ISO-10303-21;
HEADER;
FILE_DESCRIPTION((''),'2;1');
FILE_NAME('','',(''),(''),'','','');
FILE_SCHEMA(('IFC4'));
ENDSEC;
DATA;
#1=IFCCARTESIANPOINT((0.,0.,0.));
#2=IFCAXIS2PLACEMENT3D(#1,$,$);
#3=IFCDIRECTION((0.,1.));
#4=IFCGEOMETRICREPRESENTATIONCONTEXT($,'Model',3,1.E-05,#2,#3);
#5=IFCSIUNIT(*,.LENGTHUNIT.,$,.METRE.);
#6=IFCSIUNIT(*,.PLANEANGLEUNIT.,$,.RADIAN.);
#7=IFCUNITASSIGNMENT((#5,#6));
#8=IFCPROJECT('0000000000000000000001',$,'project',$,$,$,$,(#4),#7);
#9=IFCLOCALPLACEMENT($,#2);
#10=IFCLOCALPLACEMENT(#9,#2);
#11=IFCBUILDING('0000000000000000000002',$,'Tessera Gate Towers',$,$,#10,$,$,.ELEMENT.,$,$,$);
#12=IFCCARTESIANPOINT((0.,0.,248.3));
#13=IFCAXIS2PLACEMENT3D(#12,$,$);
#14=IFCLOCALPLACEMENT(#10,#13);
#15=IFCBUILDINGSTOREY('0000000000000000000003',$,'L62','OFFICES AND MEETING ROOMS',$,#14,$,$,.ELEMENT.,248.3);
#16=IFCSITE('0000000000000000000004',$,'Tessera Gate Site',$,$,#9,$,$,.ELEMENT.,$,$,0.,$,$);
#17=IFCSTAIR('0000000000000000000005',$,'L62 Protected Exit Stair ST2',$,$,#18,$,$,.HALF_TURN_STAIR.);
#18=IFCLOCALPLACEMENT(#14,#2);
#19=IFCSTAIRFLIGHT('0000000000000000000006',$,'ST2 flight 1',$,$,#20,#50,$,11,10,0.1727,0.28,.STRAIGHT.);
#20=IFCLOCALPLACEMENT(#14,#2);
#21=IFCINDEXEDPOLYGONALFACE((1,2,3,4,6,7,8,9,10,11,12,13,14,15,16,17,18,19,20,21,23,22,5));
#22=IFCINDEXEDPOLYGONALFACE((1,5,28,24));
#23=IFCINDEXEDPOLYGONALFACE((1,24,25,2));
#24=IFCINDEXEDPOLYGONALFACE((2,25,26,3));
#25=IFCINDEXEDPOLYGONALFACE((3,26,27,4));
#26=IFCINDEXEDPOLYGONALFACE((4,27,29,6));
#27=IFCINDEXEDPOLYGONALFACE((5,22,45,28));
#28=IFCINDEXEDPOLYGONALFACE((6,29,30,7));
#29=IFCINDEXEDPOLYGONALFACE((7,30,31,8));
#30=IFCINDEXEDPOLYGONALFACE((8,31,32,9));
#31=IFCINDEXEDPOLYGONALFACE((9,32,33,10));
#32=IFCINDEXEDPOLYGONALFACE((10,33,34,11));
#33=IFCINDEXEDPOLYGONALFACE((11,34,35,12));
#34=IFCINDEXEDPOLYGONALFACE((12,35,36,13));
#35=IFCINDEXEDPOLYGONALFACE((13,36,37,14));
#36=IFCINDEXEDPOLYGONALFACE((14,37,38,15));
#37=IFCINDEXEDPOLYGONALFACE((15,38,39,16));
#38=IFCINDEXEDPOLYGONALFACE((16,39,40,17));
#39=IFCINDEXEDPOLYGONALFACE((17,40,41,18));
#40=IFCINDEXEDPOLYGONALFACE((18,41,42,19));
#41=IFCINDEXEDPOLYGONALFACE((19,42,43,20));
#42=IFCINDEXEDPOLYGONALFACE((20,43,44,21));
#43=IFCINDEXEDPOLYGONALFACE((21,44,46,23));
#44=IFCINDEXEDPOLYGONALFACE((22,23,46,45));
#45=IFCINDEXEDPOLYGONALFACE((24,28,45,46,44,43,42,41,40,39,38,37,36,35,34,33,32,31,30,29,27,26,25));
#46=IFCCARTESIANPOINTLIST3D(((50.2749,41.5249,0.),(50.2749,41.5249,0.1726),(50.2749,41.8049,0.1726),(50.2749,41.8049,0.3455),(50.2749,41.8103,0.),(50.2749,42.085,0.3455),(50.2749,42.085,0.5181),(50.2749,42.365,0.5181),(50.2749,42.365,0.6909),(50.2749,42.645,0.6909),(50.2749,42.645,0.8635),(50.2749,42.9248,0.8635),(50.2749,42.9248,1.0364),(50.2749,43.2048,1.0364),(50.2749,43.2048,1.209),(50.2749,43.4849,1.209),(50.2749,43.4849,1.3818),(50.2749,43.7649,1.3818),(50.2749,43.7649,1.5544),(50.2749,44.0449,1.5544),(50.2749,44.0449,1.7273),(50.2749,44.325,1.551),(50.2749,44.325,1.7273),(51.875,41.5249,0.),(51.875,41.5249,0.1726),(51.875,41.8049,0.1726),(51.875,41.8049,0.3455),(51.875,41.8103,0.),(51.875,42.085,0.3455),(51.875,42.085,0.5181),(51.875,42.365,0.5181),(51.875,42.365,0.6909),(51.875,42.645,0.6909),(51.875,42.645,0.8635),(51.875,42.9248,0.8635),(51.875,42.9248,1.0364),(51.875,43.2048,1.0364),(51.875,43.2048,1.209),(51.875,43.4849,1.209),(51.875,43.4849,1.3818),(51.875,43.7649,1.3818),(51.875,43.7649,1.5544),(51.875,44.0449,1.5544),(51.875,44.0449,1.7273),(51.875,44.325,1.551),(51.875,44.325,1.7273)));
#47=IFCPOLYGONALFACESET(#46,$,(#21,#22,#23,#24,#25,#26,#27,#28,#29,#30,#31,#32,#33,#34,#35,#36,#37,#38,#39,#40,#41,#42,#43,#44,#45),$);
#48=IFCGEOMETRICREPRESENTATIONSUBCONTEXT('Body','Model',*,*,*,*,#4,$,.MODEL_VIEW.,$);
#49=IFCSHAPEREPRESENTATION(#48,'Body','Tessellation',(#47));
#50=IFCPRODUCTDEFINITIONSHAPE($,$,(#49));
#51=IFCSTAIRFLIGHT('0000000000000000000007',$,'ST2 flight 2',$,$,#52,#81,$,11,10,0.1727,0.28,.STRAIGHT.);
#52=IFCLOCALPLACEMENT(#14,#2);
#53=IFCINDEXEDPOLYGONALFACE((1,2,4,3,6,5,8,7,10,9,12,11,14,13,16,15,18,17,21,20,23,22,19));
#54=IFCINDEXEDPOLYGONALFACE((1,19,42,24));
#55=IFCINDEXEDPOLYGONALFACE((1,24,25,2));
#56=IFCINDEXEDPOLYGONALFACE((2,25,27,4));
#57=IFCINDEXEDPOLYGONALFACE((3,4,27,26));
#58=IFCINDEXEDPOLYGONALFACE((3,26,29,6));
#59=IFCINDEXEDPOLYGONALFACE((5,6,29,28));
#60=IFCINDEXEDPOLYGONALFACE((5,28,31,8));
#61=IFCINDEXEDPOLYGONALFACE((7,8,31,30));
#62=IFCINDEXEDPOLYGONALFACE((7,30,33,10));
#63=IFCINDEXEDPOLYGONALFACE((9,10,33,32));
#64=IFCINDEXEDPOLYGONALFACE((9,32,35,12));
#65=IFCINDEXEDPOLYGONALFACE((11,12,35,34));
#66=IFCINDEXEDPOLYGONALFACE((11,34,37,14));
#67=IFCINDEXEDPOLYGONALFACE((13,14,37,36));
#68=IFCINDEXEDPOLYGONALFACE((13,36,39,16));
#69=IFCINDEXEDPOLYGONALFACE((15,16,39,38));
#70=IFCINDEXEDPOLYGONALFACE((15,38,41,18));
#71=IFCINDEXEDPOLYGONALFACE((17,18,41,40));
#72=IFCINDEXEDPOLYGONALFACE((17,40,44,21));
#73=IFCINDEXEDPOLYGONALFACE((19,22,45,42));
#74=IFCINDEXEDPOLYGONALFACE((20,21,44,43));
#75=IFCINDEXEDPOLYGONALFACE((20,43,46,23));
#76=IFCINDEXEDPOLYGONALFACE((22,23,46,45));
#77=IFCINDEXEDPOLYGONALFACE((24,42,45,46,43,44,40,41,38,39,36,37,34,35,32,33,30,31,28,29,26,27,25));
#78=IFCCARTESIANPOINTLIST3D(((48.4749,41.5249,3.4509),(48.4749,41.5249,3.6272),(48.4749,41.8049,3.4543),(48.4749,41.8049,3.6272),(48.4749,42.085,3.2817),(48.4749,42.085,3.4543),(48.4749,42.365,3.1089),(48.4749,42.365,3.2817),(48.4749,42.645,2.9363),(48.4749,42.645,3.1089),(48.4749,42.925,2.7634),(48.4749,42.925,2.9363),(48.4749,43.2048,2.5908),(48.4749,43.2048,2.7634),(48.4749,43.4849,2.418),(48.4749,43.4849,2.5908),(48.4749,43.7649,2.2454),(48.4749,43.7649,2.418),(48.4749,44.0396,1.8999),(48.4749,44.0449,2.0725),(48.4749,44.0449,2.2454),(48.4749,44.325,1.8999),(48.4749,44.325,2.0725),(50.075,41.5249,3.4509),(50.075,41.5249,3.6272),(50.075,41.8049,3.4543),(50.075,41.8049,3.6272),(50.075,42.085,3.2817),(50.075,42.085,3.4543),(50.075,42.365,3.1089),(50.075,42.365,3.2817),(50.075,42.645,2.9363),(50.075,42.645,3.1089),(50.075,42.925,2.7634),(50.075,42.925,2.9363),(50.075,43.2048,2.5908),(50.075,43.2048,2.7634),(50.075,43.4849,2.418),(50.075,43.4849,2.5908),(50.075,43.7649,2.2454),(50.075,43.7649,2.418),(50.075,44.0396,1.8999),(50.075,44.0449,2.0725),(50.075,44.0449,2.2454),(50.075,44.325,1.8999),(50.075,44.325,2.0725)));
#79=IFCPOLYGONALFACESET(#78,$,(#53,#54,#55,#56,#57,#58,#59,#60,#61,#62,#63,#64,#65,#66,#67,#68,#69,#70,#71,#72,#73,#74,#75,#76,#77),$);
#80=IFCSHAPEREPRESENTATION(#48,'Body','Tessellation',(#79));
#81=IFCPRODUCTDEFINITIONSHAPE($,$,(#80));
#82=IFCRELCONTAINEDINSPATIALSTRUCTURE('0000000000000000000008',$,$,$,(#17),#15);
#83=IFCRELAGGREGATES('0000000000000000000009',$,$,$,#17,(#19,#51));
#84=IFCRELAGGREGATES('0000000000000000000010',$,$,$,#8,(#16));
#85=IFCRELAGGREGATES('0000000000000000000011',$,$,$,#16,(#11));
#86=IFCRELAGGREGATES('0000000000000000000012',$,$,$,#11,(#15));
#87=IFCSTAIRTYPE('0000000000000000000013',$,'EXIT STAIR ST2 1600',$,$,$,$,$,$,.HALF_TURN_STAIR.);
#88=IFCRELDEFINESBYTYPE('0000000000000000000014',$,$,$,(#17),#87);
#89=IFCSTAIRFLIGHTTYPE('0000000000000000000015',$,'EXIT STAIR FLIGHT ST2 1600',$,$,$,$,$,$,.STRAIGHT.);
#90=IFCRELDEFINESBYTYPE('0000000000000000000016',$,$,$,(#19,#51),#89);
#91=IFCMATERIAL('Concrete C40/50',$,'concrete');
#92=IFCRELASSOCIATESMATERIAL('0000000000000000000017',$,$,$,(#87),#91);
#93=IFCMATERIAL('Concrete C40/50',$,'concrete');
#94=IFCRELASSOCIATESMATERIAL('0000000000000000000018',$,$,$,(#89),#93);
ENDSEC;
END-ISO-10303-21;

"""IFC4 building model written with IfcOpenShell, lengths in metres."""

from ifc_helpers import new_model, si_unit, direction, frame, origin, place, context, subcontext, project, spatial, polyline, outline, extrude, material, type_object, element, aggregate, save


model = new_model("IFC4")

# Units and contexts
model_context = context("Model", 3, precision=1e-05, world=origin(), true_north=direction((0.0, 1.0)))
body_context = subcontext(model_context, "Body", "Model", "MODEL_VIEW")
ifc_project = project(units=[si_unit("LENGTHUNIT", "METRE"), si_unit("PLANEANGLEUNIT", "RADIAN")], contexts=[model_context])

# Site, building, storey
site_placement = place(None, origin())
site = spatial("IfcSite", under=ifc_project, at=site_placement, Name="Tessera Gate Site", CompositionType="ELEMENT", RefElevation=0.0)
building_placement = place(site_placement, origin())
building = spatial("IfcBuilding", under=site, at=building_placement, Name="Tessera Gate Towers", CompositionType="ELEMENT")
storey_placement = place(building_placement, frame((0.0, 0.0, 248.3)))
storey = spatial("IfcBuildingStorey", under=building, at=storey_placement, Name="L62", Description="OFFICES AND MEETING ROOMS", CompositionType="ELEMENT", Elevation=248.3)

# Stair, stair flights
ifc_material_1 = material(Name="Concrete C40/50", Category="concrete")
stair_type = type_object("IfcStairType", Name="EXIT STAIR ST2 1600", PredefinedType="HALF_TURN_STAIR", material=ifc_material_1)
stair_placement = place(storey_placement, origin())
stair = element("IfcStair", 1, at=stair_placement, inside=storey, type_object=stair_type, Name="L62 Protected Exit Stair ST2", PredefinedType="HALF_TURN_STAIR")
ifc_material_2 = material(Name="Concrete C40/50", Category="concrete")
stair_flight_type = type_object("IfcStairFlightType", Name="EXIT STAIR FLIGHT ST2 1600", PredefinedType="STRAIGHT", material=ifc_material_2)
stair_flight_1_placement = place(storey_placement, frame((51.075, 41.5249, 0.0), z_axis=(0.0, 0.0, 1.0), x_axis=(0.0, 1.0, 0.0)))
stair_flight_1 = element("IfcStairFlight", 2, at=stair_flight_1_placement, type_object=stair_flight_type, Name="ST2 flight 1", NumberOfRisers=11, NumberOfTreads=10, PredefinedType="STRAIGHT", RiserHeight=0.1727, TreadLength=0.28, context=body_context, shape_type="SweptSolid", body=[
    extrude(outline(polyline([(0.0, 0.0), (0.0, 0.1726), (0.28, 0.1726), (0.28, 0.3455), (0.5601, 0.3455), (0.5601, 0.5181), (0.8401, 0.5181), (0.8401, 0.6909), (1.1201, 0.6909), (1.1201, 0.8635), (1.3999, 0.8635), (1.3999, 1.0364), (1.6799, 1.0364), (1.6799, 1.209), (1.96, 1.209), (1.96, 1.3818), (2.24, 1.3818), (2.24, 1.5544), (2.52, 1.5544), (2.52, 1.7273), (2.8, 1.7273), (2.8, 1.8999), (2.8, 1.551), (0.2854, 0.0), (0.0, 0.0)])), frame((0.0, 0.8, 0.0), z_axis=(0.0, -1.0, 0.0), x_axis=(1.0, 0.0, 0.0)), (0.0, 0.0, 1.0), 1.6001),
])
stair_flight_2_placement = place(storey_placement, frame((49.2749, 44.325, 1.8999), z_axis=(0.0, 0.0, 1.0), x_axis=(0.0, -1.0, 0.0)))
stair_flight_2 = element("IfcStairFlight", 3, at=stair_flight_2_placement, type_object=stair_flight_type, Name="ST2 flight 2", NumberOfRisers=11, NumberOfTreads=10, PredefinedType="STRAIGHT", RiserHeight=0.1727, TreadLength=0.28, context=body_context, shape_type="SweptSolid", body=[
    extrude(outline(polyline([(0.0, 0.0), (0.0, 0.1726), (0.28, 0.1726), (0.28, 0.3455), (0.5601, 0.3455), (0.5601, 0.5181), (0.8401, 0.5181), (0.8401, 0.6909), (1.1201, 0.6909), (1.1201, 0.8635), (1.3999, 0.8635), (1.3999, 1.0364), (1.6799, 1.0364), (1.6799, 1.209), (1.96, 1.209), (1.96, 1.3818), (2.24, 1.3818), (2.24, 1.5544), (2.52, 1.5544), (2.52, 1.7273), (2.8, 1.7273), (2.8, 1.8999), (2.8, 1.551), (0.2854, 0.0), (0.0, 0.0)])), frame((0.0, 0.8, 0.0), z_axis=(0.0, -1.0, 0.0), x_axis=(1.0, 0.0, 0.0)), (0.0, 0.0, 1.0), 1.6001),
])
aggregate(stair, [stair_flight_1, stair_flight_2])

save(model, "model.ifc")
